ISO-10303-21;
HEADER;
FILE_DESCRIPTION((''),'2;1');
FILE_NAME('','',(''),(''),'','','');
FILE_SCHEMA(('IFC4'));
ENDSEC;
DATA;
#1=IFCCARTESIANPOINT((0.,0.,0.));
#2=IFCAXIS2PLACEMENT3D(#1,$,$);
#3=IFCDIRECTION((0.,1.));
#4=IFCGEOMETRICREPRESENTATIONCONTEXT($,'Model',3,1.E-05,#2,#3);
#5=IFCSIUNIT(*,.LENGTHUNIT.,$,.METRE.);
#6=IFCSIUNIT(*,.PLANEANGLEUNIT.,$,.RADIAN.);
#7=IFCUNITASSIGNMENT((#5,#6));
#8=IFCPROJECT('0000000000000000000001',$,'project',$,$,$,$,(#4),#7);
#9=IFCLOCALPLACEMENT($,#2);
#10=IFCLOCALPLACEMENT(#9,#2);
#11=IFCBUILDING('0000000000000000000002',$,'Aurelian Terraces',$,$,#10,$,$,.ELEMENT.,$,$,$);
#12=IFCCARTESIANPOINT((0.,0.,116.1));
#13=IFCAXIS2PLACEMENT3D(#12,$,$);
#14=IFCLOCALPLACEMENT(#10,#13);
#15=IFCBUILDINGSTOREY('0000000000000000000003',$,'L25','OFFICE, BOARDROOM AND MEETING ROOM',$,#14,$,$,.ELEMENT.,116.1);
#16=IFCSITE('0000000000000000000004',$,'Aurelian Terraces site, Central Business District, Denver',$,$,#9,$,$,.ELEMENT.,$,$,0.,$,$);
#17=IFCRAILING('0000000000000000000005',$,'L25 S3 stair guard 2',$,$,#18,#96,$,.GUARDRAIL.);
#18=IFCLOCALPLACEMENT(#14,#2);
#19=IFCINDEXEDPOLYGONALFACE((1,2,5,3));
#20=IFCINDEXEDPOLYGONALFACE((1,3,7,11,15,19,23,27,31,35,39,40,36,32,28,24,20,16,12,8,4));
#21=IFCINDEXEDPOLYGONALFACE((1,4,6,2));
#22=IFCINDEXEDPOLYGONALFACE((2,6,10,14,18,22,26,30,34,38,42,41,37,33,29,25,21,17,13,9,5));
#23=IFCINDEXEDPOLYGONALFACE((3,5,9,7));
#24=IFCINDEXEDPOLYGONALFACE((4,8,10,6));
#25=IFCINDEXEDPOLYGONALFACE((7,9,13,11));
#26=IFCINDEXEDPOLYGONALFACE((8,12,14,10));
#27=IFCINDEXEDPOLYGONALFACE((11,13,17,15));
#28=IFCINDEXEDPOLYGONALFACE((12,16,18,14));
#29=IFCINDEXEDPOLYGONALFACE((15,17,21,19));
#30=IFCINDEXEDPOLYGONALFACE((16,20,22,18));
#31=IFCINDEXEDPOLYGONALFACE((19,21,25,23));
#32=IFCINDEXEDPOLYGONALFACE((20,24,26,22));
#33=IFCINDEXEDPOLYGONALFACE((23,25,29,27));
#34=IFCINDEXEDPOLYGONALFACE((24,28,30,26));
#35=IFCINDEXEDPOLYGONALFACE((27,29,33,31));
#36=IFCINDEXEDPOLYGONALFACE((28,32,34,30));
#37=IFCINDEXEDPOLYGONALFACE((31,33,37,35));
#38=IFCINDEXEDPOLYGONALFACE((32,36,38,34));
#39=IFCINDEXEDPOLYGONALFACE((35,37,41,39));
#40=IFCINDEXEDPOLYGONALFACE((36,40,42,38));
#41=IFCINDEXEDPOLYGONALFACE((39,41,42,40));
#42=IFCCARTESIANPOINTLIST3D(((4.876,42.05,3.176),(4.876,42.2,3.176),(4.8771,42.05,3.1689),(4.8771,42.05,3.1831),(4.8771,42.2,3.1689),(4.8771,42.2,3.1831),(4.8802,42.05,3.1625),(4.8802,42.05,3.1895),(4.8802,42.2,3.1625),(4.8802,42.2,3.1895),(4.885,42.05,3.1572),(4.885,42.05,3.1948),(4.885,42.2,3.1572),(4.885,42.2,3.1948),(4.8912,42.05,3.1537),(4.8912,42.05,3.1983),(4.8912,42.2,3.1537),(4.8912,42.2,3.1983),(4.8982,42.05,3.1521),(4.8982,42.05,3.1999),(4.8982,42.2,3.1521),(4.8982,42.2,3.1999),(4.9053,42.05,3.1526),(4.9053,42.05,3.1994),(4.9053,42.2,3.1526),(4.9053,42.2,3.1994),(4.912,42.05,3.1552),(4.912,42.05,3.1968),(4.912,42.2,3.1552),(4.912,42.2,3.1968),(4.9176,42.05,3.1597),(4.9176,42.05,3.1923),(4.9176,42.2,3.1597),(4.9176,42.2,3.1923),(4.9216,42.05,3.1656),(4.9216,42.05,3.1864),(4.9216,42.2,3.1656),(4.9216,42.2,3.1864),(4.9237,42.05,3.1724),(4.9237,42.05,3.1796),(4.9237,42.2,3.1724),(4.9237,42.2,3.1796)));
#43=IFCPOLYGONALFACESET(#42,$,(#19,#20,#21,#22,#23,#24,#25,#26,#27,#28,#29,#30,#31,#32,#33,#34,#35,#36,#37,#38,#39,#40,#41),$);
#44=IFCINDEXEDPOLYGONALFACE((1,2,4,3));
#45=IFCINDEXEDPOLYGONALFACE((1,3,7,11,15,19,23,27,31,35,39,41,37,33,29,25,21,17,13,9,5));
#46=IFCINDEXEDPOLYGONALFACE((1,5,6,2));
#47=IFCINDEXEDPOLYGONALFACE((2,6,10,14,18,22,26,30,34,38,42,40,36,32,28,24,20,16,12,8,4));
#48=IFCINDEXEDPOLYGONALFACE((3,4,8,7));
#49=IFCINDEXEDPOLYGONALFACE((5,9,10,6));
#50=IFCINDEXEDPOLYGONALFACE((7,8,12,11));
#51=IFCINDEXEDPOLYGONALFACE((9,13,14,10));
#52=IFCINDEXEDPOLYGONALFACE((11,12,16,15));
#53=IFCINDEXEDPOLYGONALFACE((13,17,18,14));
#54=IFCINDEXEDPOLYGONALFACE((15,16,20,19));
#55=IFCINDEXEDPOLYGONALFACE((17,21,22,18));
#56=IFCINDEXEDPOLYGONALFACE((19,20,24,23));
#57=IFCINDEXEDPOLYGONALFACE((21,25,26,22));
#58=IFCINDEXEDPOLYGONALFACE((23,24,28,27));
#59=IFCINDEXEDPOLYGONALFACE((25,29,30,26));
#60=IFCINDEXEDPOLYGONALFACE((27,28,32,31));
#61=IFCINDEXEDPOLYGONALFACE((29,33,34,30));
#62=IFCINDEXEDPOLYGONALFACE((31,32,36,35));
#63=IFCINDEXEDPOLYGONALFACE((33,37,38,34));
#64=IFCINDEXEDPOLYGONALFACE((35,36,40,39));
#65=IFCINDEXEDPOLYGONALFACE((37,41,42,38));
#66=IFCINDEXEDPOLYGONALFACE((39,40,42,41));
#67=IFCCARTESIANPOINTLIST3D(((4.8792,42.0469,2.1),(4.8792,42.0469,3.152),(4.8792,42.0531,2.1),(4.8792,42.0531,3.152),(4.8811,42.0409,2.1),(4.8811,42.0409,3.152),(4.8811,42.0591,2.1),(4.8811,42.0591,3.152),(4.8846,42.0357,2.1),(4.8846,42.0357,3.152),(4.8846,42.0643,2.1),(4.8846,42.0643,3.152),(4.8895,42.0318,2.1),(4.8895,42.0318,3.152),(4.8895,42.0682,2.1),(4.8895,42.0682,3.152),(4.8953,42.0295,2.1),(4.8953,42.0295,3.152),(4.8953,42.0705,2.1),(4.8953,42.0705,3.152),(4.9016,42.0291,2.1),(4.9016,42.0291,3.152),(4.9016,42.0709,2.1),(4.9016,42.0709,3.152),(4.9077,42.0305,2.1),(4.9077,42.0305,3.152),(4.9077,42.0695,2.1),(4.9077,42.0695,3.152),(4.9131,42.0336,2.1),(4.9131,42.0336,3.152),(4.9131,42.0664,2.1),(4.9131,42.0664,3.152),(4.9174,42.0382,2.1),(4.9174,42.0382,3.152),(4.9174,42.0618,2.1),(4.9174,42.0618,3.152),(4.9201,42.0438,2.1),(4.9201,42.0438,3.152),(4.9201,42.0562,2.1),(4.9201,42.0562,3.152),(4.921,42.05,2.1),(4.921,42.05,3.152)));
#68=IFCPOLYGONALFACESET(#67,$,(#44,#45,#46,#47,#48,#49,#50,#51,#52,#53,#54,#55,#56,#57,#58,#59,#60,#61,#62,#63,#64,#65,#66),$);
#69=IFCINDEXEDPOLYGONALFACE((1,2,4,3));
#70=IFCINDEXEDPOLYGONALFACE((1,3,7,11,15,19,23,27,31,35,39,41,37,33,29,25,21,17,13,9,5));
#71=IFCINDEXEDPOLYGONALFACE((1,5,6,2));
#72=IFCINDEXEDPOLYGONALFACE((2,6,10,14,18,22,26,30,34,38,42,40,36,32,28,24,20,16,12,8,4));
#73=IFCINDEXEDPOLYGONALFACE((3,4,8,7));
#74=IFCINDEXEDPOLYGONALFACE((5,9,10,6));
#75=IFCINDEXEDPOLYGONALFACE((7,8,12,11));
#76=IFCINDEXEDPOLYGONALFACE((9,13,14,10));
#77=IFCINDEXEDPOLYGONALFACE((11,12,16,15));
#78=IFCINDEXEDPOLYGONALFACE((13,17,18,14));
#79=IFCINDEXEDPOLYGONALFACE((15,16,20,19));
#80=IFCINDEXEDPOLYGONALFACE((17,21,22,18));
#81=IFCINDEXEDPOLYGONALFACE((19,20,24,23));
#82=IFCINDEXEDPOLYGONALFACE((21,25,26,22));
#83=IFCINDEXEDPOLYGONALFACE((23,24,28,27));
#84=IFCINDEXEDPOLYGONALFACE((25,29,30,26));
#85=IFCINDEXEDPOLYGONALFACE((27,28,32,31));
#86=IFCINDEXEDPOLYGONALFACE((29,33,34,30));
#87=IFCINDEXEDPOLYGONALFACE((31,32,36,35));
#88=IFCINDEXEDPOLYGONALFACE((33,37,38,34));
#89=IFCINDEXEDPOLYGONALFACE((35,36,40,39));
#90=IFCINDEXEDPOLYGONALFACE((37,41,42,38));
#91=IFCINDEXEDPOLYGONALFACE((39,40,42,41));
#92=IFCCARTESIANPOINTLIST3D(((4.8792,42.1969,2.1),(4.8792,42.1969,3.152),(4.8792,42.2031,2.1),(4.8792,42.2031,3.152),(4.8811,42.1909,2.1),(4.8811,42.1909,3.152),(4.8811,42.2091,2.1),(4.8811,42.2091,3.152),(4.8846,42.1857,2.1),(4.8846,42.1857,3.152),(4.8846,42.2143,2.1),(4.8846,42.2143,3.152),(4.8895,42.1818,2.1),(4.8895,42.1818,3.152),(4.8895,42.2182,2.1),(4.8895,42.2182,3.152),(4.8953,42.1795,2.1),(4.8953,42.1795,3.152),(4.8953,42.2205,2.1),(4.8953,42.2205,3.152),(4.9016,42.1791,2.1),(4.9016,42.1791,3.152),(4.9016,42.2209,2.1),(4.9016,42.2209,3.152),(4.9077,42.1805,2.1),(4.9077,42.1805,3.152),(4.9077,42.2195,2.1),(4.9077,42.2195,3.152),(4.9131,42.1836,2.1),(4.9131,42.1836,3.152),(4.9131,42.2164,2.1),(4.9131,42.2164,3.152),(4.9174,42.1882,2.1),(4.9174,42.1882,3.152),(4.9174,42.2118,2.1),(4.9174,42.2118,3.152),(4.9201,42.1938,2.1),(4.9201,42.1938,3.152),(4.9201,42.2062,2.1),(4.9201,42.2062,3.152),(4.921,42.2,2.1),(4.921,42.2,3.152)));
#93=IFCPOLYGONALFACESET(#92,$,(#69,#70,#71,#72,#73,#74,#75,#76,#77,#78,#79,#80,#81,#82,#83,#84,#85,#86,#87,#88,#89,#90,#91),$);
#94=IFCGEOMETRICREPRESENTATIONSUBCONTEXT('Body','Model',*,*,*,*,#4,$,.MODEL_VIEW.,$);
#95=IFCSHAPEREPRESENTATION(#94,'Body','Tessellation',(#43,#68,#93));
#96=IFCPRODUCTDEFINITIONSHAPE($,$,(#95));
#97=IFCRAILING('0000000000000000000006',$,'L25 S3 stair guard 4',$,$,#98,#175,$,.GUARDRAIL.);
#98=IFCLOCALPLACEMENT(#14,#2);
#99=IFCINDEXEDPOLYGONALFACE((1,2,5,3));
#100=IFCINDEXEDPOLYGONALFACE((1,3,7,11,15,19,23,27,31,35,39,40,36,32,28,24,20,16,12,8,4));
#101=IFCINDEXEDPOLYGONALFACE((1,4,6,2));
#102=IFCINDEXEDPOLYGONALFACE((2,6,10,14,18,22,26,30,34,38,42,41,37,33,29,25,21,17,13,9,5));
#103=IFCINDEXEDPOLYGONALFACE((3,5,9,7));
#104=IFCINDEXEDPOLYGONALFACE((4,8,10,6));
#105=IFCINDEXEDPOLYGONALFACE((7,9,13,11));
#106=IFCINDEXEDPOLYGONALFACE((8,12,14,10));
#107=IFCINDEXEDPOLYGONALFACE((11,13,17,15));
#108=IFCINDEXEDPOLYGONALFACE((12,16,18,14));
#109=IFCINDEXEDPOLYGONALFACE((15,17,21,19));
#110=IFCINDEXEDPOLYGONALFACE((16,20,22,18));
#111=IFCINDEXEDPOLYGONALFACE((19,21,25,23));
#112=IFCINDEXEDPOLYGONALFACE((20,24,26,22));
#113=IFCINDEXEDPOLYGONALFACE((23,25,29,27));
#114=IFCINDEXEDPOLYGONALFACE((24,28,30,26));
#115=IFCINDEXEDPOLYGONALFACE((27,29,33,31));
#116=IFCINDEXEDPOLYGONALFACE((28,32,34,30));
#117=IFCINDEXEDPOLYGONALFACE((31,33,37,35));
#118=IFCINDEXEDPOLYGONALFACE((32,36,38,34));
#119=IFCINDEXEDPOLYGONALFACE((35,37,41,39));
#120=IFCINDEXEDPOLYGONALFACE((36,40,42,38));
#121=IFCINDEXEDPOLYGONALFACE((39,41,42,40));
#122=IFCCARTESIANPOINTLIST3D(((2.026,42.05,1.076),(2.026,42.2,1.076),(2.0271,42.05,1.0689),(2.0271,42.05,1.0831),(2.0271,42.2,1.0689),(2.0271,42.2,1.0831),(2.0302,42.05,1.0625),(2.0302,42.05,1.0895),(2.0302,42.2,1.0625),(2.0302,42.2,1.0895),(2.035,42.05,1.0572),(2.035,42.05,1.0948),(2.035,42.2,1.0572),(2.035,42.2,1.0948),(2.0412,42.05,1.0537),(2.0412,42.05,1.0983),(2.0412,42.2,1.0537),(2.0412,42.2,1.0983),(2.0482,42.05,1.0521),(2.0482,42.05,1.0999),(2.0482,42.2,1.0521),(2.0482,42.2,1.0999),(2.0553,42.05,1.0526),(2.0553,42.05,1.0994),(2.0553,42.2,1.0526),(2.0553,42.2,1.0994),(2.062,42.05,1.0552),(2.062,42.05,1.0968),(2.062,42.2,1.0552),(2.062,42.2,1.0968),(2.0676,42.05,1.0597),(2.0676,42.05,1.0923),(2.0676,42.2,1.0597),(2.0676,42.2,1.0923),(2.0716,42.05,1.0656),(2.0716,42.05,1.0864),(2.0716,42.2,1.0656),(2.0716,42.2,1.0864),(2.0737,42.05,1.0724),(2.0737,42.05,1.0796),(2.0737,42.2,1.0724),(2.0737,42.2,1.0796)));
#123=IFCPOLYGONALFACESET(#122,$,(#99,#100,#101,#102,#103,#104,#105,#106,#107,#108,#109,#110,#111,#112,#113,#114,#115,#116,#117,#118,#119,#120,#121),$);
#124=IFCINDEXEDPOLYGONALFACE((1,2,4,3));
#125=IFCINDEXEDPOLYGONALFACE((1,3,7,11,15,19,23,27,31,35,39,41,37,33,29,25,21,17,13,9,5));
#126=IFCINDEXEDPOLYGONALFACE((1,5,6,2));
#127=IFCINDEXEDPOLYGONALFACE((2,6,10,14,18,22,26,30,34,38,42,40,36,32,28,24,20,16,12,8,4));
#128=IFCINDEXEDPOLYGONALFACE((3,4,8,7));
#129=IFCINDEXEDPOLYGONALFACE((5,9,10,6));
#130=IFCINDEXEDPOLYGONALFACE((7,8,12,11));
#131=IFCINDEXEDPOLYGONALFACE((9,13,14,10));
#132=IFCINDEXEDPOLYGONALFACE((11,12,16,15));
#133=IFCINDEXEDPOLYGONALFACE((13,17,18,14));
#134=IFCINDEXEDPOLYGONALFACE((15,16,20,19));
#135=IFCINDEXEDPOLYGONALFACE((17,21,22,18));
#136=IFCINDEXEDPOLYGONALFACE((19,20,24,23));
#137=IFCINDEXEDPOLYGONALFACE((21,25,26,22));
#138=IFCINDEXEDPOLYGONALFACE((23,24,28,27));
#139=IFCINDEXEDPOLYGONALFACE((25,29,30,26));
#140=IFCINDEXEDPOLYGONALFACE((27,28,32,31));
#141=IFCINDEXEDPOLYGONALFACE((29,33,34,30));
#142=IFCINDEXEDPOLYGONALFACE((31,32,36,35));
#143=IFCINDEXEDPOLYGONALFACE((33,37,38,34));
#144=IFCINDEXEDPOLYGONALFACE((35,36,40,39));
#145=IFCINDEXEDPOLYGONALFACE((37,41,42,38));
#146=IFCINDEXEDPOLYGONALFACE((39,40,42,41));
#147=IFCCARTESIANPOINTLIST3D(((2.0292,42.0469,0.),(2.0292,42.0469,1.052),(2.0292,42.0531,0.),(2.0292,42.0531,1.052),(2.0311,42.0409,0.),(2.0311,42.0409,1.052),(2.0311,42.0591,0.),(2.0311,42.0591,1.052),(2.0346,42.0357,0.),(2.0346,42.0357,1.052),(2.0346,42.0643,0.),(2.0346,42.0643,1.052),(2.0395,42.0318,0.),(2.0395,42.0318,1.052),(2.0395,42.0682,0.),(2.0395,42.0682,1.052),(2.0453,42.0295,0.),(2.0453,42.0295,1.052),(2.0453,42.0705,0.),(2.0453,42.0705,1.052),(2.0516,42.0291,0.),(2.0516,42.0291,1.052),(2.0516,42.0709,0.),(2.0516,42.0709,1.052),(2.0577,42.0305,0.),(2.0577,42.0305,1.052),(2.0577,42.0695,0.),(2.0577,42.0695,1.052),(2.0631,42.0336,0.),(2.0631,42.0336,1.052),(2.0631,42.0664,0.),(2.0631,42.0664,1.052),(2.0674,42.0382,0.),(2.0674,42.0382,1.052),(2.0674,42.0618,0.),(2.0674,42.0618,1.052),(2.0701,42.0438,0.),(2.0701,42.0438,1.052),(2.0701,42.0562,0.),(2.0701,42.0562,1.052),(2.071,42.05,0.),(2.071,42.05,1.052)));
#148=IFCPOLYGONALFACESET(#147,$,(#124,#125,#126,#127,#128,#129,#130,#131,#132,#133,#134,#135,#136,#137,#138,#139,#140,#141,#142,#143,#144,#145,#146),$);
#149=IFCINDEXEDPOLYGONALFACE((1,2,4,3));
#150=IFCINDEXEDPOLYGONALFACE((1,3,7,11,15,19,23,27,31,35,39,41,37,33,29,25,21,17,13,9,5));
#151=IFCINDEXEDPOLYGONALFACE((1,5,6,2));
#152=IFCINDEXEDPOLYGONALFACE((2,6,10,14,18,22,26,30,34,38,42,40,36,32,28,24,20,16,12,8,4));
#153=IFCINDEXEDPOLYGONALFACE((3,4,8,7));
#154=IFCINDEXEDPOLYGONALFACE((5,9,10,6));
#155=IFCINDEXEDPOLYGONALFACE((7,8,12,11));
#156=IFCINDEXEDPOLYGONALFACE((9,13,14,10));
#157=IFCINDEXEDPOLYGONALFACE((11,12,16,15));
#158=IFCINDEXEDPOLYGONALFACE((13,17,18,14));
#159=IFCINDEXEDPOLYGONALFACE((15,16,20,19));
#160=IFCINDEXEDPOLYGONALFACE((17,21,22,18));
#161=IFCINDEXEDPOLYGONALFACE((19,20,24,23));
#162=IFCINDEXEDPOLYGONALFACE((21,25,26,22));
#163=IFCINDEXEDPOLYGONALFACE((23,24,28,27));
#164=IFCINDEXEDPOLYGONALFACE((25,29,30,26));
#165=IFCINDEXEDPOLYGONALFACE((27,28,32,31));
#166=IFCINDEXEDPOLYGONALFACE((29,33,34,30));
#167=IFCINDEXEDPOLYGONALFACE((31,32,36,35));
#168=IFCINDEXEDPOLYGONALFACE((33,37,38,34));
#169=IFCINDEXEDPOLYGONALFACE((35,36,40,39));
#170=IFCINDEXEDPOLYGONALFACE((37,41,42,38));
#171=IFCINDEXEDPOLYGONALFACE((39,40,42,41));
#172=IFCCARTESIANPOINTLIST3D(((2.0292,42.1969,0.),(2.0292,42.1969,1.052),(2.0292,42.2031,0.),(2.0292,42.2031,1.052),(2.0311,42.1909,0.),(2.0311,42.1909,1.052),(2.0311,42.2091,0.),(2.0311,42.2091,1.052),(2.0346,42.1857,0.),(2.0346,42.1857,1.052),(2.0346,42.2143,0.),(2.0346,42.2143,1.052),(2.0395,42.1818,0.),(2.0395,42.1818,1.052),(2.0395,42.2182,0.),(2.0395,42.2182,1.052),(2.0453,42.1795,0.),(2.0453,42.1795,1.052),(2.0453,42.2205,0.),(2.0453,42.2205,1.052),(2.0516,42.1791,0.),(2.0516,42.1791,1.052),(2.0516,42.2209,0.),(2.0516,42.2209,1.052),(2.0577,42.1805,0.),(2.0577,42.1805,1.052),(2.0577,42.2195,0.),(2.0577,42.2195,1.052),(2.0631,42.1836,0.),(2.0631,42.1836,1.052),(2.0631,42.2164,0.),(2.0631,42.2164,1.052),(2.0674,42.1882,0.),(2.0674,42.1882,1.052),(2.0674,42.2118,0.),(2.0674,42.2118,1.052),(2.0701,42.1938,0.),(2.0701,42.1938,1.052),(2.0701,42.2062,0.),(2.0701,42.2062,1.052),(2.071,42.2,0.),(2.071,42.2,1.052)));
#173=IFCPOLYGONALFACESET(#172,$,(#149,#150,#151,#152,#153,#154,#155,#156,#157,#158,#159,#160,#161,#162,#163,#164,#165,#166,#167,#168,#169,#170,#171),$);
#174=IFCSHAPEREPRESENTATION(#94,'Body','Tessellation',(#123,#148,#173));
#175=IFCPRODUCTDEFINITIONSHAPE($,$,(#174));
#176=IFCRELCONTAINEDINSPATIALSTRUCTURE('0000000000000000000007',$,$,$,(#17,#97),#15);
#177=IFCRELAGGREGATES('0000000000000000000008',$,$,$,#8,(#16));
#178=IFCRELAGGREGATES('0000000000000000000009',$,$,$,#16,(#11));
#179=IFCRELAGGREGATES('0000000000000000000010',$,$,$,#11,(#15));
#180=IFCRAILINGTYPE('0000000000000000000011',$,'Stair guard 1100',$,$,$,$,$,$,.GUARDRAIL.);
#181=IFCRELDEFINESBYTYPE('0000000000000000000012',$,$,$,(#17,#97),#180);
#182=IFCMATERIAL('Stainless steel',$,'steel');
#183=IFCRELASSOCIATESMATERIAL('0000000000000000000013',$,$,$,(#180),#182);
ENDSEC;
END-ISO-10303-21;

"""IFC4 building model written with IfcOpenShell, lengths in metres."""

from ifc_helpers import new_model, si_unit, direction, frame, origin, origin_2d, place, context, subcontext, project, spatial, circle, extrude, source, transform, mapped, material, type_object, element, save


model = new_model("IFC4")

# Units and contexts
model_context = context("Model", 3, precision=1e-05, world=origin(), true_north=direction((0.0, 1.0)))
body_context = subcontext(model_context, "Body", "Model", "MODEL_VIEW")
ifc_project = project(units=[si_unit("LENGTHUNIT", "METRE"), si_unit("PLANEANGLEUNIT", "RADIAN")], contexts=[model_context])

# Site, building, storey
site_placement = place(None, origin())
site = spatial("IfcSite", under=ifc_project, at=site_placement, Name="Aurelian Terraces site, Central Business District, Denver", CompositionType="ELEMENT", RefElevation=0.0)
building_placement = place(site_placement, origin())
building = spatial("IfcBuilding", under=site, at=building_placement, Name="Aurelian Terraces", CompositionType="ELEMENT")
storey_placement = place(building_placement, frame((0.0, 0.0, 116.1)))
storey = spatial("IfcBuildingStorey", under=building, at=storey_placement, Name="L25", Description="OFFICE, BOARDROOM AND MEETING ROOM", CompositionType="ELEMENT", Elevation=116.1)

# Railings
ifc_material_1 = material(Name="Stainless steel", Category="steel")
railing_type_1 = type_object("IfcRailingType", Name="Stair guard 1100", PredefinedType="GUARDRAIL", material=ifc_material_1)
shared_shape_1 = source(origin(), body_context, "Body", "SweptSolid", [
    extrude(circle(Radius=0.024, at=origin_2d()), frame((0.0, 0.0, 1.076), z_axis=(0.0, 1.0, 0.0), x_axis=(-1.0, 0.0, 0.0)), (0.0, 0.0, 1.0), 0.15),
    extrude(circle(Radius=0.021, at=origin_2d()), origin(), (0.0, 0.0, 1.0), 1.052),
    extrude(circle(Radius=0.021, at=origin_2d()), frame((0.0, 0.15, 0.0)), (0.0, 0.0, 1.0), 1.052),
])
for number, where, name in (
    (1, (4.9, 42.05, 2.1), "L25 S3 stair guard 2"),
    (2, (2.05, 42.05, 0.0), "L25 S3 stair guard 4"),
):
    element("IfcRailing", number, at=place(storey_placement, frame(where)), inside=storey, type_object=railing_type_1, Name=name, PredefinedType="GUARDRAIL", context=body_context, shape_type="MappedRepresentation", body=[
        mapped(shared_shape_1, transform((0.0, 0.0, 0.0), scale=1.0)),
    ])

save(model, "model.ifc")
